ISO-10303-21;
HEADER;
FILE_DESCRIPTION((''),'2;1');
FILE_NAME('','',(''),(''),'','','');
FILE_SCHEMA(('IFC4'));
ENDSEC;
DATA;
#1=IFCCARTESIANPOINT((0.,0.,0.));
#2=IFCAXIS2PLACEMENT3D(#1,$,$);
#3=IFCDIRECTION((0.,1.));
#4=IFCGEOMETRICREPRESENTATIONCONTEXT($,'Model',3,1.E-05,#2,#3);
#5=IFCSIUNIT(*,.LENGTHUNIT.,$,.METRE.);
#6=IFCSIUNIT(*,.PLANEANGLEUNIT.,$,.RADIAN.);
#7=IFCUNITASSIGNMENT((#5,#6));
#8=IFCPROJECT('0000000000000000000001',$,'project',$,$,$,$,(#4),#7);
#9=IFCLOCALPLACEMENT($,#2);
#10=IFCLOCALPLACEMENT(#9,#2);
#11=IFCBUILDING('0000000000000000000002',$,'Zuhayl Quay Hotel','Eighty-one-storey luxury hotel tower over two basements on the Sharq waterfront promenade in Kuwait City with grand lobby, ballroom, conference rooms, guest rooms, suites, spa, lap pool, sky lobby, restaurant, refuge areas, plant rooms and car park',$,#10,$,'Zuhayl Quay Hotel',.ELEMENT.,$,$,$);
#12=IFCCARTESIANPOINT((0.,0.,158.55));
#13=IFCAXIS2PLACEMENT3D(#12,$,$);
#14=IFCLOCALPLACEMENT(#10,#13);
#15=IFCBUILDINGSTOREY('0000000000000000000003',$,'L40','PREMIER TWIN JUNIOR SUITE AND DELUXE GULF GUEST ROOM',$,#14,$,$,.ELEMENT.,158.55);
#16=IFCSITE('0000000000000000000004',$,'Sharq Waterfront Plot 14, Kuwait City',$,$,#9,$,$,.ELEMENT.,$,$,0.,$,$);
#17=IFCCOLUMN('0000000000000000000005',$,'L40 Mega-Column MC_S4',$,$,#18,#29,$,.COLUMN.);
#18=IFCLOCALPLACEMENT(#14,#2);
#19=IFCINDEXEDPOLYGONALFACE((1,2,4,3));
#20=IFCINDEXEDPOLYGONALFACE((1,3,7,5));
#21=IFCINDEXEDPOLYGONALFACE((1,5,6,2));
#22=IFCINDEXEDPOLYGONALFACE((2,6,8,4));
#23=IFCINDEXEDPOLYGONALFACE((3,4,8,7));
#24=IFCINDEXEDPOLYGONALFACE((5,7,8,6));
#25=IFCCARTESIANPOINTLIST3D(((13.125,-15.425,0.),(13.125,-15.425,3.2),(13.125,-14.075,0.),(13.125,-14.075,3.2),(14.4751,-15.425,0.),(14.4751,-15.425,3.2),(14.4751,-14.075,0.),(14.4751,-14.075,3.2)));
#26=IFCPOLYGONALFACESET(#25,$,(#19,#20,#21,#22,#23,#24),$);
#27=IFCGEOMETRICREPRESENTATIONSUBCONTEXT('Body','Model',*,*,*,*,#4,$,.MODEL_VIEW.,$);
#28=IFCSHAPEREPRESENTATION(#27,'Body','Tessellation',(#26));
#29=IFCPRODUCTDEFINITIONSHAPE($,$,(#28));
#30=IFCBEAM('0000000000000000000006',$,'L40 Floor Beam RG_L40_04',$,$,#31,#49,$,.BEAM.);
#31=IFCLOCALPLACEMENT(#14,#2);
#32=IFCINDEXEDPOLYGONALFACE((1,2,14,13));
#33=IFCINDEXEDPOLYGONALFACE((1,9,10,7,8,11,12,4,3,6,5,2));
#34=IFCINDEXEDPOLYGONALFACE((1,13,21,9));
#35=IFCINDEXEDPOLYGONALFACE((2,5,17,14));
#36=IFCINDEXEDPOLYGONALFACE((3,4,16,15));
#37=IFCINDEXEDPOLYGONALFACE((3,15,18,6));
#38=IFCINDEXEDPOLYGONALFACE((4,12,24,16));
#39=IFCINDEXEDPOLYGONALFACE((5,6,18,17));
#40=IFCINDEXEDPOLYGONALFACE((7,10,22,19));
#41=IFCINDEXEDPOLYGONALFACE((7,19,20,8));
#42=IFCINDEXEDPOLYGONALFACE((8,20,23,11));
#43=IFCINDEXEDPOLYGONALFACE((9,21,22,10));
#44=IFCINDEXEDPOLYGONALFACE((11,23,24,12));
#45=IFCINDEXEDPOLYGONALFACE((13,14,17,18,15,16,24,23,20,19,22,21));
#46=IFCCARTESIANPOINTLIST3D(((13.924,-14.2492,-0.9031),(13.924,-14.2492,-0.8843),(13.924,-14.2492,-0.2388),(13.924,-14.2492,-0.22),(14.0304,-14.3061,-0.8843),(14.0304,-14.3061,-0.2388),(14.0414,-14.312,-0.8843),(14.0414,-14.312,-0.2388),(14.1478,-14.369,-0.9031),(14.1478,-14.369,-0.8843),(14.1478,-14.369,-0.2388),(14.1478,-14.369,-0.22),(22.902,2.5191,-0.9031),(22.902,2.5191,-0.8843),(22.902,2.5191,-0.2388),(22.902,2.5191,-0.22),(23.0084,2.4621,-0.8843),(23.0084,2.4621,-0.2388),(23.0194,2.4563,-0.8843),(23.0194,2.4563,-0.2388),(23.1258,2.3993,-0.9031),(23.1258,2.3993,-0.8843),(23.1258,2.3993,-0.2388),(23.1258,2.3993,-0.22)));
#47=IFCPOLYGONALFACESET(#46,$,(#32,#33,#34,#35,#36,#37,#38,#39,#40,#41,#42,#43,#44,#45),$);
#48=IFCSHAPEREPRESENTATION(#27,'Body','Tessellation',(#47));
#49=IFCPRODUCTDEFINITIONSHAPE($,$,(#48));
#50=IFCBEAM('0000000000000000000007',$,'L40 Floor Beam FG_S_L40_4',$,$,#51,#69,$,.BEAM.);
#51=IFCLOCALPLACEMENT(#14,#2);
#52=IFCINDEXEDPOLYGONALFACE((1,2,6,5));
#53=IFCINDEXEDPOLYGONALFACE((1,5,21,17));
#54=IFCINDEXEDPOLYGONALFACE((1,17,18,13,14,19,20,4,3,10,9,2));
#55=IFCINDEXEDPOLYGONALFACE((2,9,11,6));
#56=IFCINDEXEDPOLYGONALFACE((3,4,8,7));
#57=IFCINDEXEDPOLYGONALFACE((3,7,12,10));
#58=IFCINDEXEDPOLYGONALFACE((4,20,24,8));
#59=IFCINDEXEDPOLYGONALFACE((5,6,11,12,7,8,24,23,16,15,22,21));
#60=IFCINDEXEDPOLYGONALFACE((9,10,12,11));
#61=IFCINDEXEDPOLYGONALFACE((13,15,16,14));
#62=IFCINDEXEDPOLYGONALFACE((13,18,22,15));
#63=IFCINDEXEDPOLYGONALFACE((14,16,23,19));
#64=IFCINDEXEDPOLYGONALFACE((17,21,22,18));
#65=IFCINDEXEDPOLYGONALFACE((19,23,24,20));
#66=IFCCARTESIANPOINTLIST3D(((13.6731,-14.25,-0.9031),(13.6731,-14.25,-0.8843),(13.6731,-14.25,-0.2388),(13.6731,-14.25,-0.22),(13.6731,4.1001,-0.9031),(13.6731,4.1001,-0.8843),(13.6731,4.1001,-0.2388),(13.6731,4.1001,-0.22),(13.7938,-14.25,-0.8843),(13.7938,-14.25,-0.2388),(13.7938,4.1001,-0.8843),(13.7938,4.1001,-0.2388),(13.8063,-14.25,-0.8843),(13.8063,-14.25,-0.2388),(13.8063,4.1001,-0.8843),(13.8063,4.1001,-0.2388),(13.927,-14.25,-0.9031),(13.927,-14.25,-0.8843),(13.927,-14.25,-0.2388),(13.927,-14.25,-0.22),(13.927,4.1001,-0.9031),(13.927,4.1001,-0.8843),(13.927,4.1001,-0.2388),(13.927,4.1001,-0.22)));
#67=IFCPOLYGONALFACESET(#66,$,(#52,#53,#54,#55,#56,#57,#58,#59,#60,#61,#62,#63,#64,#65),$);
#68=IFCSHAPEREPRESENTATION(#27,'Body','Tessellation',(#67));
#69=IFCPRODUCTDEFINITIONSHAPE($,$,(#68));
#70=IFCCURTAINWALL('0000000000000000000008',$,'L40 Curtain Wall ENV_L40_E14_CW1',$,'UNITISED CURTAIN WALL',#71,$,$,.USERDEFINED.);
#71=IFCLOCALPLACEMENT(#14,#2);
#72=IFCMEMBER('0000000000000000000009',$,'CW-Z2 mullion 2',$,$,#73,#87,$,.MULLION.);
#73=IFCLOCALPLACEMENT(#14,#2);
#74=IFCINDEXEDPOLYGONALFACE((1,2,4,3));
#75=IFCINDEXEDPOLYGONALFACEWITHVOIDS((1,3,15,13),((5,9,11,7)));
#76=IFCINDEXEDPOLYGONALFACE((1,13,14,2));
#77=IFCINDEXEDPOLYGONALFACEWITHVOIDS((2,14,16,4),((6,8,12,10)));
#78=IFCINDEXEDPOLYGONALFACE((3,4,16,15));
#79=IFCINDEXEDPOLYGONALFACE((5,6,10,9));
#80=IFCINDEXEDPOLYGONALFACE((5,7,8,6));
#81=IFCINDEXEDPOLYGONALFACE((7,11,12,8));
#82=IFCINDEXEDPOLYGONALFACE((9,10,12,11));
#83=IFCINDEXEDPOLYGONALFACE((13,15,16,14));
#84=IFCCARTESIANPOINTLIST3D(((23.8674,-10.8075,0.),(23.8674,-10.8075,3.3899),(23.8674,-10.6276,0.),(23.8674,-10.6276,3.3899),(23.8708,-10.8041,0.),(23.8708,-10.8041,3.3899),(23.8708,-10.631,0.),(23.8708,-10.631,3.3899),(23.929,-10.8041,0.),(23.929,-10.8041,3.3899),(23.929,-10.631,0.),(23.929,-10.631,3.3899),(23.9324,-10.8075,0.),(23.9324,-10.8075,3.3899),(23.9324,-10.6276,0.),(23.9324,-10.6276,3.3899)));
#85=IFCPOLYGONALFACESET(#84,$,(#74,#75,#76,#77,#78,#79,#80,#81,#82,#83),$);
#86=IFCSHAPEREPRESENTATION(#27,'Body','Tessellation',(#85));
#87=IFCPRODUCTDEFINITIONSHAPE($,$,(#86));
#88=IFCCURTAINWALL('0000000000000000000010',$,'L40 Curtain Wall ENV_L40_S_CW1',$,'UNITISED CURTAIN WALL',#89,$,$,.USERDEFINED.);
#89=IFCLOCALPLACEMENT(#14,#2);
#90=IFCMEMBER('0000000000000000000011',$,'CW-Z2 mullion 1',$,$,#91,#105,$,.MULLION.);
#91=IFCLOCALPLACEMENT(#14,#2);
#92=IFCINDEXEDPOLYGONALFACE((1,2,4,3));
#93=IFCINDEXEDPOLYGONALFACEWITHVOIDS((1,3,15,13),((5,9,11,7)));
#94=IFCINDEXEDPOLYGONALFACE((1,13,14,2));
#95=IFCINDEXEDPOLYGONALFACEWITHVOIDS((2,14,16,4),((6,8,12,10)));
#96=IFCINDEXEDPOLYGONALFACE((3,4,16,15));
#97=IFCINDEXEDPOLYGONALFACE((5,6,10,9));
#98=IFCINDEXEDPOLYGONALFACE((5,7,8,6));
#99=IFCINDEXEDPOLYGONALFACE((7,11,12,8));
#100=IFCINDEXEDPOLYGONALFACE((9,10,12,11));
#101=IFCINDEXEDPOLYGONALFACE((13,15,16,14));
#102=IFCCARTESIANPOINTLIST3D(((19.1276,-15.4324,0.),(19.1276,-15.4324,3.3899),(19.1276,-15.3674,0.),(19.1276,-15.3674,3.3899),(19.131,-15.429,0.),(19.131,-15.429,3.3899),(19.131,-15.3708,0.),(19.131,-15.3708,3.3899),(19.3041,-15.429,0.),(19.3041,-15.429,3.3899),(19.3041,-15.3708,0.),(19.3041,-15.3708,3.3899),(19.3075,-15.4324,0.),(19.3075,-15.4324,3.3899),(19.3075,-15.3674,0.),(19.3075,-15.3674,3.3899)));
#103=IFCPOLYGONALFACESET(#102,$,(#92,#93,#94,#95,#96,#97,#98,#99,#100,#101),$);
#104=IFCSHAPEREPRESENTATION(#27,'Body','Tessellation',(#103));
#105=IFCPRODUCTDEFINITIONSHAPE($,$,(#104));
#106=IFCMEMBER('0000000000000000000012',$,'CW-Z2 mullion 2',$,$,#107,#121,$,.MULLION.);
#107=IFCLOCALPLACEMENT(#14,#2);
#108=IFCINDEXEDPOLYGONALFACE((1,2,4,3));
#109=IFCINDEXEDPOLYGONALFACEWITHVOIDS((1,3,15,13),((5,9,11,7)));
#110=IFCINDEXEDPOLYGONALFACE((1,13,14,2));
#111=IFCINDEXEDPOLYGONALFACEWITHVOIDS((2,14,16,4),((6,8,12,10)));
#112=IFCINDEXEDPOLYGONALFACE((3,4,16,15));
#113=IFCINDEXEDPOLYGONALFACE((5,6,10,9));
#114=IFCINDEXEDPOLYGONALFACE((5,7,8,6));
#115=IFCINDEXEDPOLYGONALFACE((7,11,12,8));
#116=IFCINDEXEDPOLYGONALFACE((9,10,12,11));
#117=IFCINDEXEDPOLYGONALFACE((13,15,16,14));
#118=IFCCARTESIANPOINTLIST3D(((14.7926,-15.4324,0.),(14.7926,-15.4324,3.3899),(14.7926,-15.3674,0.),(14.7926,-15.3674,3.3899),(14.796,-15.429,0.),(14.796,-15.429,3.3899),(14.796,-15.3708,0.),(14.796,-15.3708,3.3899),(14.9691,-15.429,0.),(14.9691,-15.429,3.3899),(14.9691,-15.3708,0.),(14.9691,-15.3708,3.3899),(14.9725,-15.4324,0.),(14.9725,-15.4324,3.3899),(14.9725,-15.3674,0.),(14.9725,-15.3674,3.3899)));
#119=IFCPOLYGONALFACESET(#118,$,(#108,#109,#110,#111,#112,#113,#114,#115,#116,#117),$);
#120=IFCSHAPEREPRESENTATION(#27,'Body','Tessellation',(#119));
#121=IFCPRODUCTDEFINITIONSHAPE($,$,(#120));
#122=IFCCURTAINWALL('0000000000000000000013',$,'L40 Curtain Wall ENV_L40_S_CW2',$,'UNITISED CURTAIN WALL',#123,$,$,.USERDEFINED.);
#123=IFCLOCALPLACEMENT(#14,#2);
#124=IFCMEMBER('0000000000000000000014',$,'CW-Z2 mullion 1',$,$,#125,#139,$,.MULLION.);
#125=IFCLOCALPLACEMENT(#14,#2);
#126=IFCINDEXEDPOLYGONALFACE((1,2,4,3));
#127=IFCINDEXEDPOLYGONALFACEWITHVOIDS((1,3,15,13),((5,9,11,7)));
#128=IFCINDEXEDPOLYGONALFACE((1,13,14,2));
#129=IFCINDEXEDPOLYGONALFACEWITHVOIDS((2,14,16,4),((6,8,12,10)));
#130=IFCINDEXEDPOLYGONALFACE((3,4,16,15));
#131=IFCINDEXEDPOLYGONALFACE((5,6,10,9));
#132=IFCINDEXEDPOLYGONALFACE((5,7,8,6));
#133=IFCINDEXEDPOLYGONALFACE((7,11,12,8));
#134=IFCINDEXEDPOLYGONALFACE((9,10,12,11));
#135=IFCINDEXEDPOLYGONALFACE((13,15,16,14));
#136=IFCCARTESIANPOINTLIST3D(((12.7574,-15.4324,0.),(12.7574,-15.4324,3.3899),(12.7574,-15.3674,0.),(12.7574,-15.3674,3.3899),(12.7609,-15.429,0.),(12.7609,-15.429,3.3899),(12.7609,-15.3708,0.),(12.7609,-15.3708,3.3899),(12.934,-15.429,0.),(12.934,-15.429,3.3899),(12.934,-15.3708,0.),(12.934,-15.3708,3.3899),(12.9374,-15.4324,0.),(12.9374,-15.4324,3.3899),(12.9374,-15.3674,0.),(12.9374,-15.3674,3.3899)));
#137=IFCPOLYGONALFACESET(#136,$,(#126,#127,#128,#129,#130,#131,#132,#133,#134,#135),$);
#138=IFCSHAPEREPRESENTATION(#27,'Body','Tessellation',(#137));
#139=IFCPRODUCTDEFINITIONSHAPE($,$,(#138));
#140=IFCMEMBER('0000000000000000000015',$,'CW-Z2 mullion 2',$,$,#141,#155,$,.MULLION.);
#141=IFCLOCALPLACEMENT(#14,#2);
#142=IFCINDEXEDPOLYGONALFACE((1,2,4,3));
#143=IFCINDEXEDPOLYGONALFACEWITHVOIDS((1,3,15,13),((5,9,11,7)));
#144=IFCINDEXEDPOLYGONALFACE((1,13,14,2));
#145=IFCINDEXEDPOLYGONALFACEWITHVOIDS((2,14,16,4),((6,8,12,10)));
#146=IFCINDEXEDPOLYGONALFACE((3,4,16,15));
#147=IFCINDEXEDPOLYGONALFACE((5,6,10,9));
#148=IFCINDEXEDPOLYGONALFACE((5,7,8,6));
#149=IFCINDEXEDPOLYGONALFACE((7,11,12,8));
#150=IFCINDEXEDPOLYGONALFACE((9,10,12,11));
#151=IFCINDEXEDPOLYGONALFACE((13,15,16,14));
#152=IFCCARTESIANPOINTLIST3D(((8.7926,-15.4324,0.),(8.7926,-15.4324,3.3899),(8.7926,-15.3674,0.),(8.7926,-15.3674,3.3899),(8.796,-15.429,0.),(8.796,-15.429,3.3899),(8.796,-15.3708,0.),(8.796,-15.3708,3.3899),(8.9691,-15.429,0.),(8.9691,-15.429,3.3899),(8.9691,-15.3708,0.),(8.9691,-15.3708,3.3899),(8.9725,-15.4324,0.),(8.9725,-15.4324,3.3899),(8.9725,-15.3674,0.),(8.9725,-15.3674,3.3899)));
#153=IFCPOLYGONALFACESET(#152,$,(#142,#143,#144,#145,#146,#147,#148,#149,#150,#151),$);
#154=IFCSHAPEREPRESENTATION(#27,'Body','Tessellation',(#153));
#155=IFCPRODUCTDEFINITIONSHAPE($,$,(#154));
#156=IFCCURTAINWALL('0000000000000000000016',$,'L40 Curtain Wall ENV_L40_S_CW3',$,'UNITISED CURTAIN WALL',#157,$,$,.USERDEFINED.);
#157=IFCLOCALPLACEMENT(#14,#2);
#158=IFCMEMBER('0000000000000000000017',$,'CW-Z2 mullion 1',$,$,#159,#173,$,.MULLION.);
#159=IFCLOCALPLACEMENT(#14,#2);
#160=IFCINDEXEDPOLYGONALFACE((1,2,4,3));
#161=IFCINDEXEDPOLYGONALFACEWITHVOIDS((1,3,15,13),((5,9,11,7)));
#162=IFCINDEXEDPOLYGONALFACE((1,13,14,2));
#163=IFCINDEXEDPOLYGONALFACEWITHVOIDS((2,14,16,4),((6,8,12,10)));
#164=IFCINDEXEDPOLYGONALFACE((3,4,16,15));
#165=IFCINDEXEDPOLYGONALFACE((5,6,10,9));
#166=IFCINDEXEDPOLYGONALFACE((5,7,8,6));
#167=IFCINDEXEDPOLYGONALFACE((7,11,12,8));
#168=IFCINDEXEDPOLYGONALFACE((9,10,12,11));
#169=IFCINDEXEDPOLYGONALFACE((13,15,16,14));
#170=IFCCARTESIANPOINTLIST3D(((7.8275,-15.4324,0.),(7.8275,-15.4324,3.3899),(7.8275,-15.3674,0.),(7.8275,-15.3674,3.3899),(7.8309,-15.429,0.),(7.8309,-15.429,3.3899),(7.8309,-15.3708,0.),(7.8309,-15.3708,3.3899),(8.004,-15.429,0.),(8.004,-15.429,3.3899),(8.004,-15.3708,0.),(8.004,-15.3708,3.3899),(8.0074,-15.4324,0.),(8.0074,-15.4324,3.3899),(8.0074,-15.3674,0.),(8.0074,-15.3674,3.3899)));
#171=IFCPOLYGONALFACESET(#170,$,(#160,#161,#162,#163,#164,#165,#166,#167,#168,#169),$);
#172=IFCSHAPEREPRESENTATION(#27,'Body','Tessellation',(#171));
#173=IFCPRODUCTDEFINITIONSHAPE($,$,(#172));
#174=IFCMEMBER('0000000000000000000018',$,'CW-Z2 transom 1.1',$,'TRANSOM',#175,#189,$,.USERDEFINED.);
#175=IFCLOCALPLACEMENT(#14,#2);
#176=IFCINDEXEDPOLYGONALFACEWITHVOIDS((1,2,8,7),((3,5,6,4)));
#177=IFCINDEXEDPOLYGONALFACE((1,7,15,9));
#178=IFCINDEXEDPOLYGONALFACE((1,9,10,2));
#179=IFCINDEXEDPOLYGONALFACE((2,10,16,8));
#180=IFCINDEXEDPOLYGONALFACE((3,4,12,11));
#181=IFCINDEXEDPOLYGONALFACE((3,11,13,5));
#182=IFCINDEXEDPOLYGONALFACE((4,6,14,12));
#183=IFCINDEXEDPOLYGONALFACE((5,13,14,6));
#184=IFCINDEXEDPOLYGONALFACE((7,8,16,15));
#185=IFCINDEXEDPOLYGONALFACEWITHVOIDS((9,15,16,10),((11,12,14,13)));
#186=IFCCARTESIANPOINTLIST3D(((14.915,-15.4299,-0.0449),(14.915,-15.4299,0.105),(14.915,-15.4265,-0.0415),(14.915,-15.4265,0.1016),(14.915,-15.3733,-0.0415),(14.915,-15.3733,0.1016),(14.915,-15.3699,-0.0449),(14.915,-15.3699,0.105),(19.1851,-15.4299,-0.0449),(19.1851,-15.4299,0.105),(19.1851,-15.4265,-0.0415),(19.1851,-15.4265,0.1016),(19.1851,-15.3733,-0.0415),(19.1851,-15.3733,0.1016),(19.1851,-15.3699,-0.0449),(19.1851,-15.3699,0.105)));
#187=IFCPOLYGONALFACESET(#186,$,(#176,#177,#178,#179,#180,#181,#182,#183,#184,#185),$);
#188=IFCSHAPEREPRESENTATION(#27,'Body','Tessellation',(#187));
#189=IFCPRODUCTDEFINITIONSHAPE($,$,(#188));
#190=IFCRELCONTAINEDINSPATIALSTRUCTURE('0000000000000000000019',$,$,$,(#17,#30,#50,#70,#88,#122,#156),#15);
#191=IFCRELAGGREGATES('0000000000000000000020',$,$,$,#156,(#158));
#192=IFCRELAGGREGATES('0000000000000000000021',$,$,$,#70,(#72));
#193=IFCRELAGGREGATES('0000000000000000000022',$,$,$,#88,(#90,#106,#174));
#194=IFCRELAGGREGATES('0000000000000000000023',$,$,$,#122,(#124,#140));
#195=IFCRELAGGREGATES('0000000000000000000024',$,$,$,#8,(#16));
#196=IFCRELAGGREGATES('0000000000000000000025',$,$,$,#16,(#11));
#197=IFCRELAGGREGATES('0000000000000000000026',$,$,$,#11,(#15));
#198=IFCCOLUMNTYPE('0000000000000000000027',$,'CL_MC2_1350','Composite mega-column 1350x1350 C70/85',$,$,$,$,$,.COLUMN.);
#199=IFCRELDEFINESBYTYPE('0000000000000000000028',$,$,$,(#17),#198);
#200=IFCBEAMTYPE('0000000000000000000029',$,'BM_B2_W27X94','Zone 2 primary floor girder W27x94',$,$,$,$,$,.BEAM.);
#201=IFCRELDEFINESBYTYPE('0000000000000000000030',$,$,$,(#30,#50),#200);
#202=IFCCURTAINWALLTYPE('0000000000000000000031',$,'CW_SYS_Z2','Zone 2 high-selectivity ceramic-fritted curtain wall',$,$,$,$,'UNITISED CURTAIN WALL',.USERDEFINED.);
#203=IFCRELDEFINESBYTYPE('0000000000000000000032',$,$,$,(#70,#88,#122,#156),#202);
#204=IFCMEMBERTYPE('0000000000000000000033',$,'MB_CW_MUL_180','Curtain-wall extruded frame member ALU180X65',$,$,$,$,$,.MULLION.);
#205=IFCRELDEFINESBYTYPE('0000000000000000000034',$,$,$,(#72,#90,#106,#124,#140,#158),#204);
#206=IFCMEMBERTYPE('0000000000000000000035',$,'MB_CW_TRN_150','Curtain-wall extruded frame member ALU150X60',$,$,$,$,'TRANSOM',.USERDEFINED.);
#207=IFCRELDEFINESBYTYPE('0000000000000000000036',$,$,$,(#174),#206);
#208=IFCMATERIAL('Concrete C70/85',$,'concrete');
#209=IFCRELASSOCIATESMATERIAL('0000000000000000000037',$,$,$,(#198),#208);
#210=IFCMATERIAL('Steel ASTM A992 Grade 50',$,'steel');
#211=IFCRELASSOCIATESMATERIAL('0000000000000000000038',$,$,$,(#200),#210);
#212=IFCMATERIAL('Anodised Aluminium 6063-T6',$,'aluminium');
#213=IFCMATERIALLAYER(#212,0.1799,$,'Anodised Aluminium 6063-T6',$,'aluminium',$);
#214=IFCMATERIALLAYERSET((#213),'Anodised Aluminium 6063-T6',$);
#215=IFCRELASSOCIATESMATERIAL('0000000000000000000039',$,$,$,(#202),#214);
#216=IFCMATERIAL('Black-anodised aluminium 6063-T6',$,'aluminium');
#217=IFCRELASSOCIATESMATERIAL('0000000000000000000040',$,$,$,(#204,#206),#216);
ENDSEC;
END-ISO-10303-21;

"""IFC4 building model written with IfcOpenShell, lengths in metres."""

from ifc_helpers import new_model, si_unit, direction, frame, origin, origin_2d, place, context, subcontext, project, spatial, rectangle, hollow_rectangle, i_section, extrude, material, layer, layer_set, material_profile, profile_set, type_object, element, aggregate, save


model = new_model("IFC4")

# Units and contexts
model_context = context("Model", 3, precision=1e-05, world=origin(), true_north=direction((0.0, 1.0)))
body_context = subcontext(model_context, "Body", "Model", "MODEL_VIEW")
ifc_project = project(units=[si_unit("LENGTHUNIT", "METRE"), si_unit("PLANEANGLEUNIT", "RADIAN")], contexts=[model_context])

# Site, building, storey
site_placement = place(None, origin())
site = spatial("IfcSite", under=ifc_project, at=site_placement, Name="Sharq Waterfront Plot 14, Kuwait City", CompositionType="ELEMENT", RefElevation=0.0)
building_placement = place(site_placement, origin())
building = spatial("IfcBuilding", under=site, at=building_placement, Name="Zuhayl Quay Hotel", Description="Eighty-one-storey luxury hotel tower over two basements on the Sharq waterfront promenade in Kuwait City with grand lobby, ballroom, conference rooms, guest rooms, suites, spa, lap pool, sky lobby, restaurant, refuge areas, plant rooms and car park", LongName="Zuhayl Quay Hotel", CompositionType="ELEMENT")
storey_placement = place(building_placement, frame((0.0, 0.0, 158.55)))
storey = spatial("IfcBuildingStorey", under=building, at=storey_placement, Name="L40", Description="PREMIER TWIN JUNIOR SUITE AND DELUXE GULF GUEST ROOM", CompositionType="ELEMENT", Elevation=158.55)

# Column
ifc_material_1 = material(Name="Concrete C70/85", Category="concrete")
ifc_material_profile_1 = material_profile(ifc_material_1, rectangle(XDim=1.3501, YDim=1.3501, at=origin_2d()), Name="RC1350X1350")
ifc_profile_set_1 = profile_set([ifc_material_profile_1], Name="Concrete C70/85")
column_type = type_object("IfcColumnType", Name="CL_MC2_1350", Description="Composite mega-column 1350x1350 C70/85", PredefinedType="COLUMN", material=ifc_profile_set_1)
column_placement = place(storey_placement, frame((13.8, -14.75, 0.0), z_axis=(0.0, 0.0, 1.0), x_axis=(1.0, 0.0, 0.0)))
element("IfcColumn", 1, at=column_placement, inside=storey, type_object=column_type, Name="L40 Mega-Column MC_S4", PredefinedType="COLUMN", context=body_context, shape_type="SweptSolid", body=[
    extrude(rectangle(XDim=1.3501, YDim=1.3501, at=origin_2d()), origin(), (0.0, 0.0, 1.0), 3.2),
])

# Beams
ifc_material_2 = material(Name="Steel ASTM A992 Grade 50", Category="steel")
ifc_material_profile_2 = material_profile(ifc_material_2, i_section(OverallWidth=0.2539, OverallDepth=0.6831, WebThickness=0.0125, FlangeThickness=0.0188, at=origin_2d()), Name="W27X94")
ifc_profile_set_2 = profile_set([ifc_material_profile_2], Name="Steel ASTM A992 Grade 50")
beam_type = type_object("IfcBeamType", Name="BM_B2_W27X94", Description="Zone 2 primary floor girder W27x94", PredefinedType="BEAM", material=ifc_profile_set_2)
beam_1_placement = place(storey_placement, frame((14.0359, -14.3091, -0.5615), z_axis=(0.472017, 0.881589, 0.0), x_axis=(-0.881589, 0.472017, 0.0)))
element("IfcBeam", 2, at=beam_1_placement, inside=storey, type_object=beam_type, Name="L40 Floor Beam RG_L40_04", PredefinedType="BEAM", context=body_context, shape_type="SweptSolid", body=[
    extrude(i_section(OverallWidth=0.2539, OverallDepth=0.6831, WebThickness=0.0125, FlangeThickness=0.0188, at=origin_2d()), origin(), (0.0, 0.0, 1.0), 19.0205),
])
beam_2_placement = place(storey_placement, frame((13.8, -14.25, -0.5615), z_axis=(0.0, 1.0, 0.0), x_axis=(-1.0, 0.0, 0.0)))
element("IfcBeam", 3, at=beam_2_placement, inside=storey, type_object=beam_type, Name="L40 Floor Beam FG_S_L40_4", PredefinedType="BEAM", context=body_context, shape_type="SweptSolid", body=[
    extrude(i_section(OverallWidth=0.2539, OverallDepth=0.6831, WebThickness=0.0125, FlangeThickness=0.0188, at=origin_2d()), origin(), (0.0, 0.0, 1.0), 18.3501),
])

# Curtain wall, member
ifc_material_3 = material(Name="Anodised Aluminium 6063-T6", Category="aluminium")
ifc_layer_1 = layer(ifc_material_3, 0.1799, Name="Anodised Aluminium 6063-T6", Category="aluminium")
ifc_layer_set_1 = layer_set([ifc_layer_1], Name="Anodised Aluminium 6063-T6")
curtain_wall_type = type_object("IfcCurtainWallType", Name="CW_SYS_Z2", Description="Zone 2 high-selectivity ceramic-fritted curtain wall", ElementType="UNITISED CURTAIN WALL", PredefinedType="USERDEFINED", material=ifc_layer_set_1)
curtain_wall_1_placement = place(storey_placement, origin())
curtain_wall_1 = element("IfcCurtainWall", 4, at=curtain_wall_1_placement, inside=storey, type_object=curtain_wall_type, Name="L40 Curtain Wall ENV_L40_E14_CW1", ObjectType="UNITISED CURTAIN WALL", PredefinedType="USERDEFINED")
ifc_material_4 = material(Name="Black-anodised aluminium 6063-T6", Category="aluminium")
ifc_material_profile_3 = material_profile(ifc_material_4, hollow_rectangle(XDim=0.0649, YDim=0.1799, WallThickness=0.0034, at=origin_2d()), Name="ALU180X65")
ifc_profile_set_3 = profile_set([ifc_material_profile_3], Name="Black-anodised aluminium 6063-T6")
member_type_1 = type_object("IfcMemberType", Name="MB_CW_MUL_180", Description="Curtain-wall extruded frame member ALU180X65", PredefinedType="MULLION", material=ifc_profile_set_3)
member_1_placement = place(storey_placement, frame((23.8999, -10.7175, 0.0), z_axis=(0.0, 0.0, 1.0), x_axis=(1.0, 0.0, 0.0)))
member_1 = element("IfcMember", 5, at=member_1_placement, type_object=member_type_1, Name="CW-Z2 mullion 2", PredefinedType="MULLION", context=body_context, shape_type="SweptSolid", body=[
    extrude(hollow_rectangle(XDim=0.0649, YDim=0.1799, WallThickness=0.0034, at=origin_2d()), origin(), (0.0, 0.0, 1.0), 3.3899),
])

# Curtain walls, members
curtain_wall_2_placement = place(storey_placement, origin())
curtain_wall_2 = element("IfcCurtainWall", 6, at=curtain_wall_2_placement, inside=storey, type_object=curtain_wall_type, Name="L40 Curtain Wall ENV_L40_S_CW1", ObjectType="UNITISED CURTAIN WALL", PredefinedType="USERDEFINED")
member_2_placement = place(storey_placement, frame((19.2175, -15.3999, 0.0), z_axis=(0.0, 0.0, 1.0), x_axis=(0.0, -1.0, 0.0)))
member_2 = element("IfcMember", 7, at=member_2_placement, type_object=member_type_1, Name="CW-Z2 mullion 1", PredefinedType="MULLION", context=body_context, shape_type="SweptSolid", body=[
    extrude(hollow_rectangle(XDim=0.0649, YDim=0.1799, WallThickness=0.0034, at=origin_2d()), origin(), (0.0, 0.0, 1.0), 3.3899),
])
member_3_placement = place(storey_placement, frame((14.8826, -15.3999, 0.0), z_axis=(0.0, 0.0, 1.0), x_axis=(0.0, -1.0, 0.0)))
member_3 = element("IfcMember", 8, at=member_3_placement, type_object=member_type_1, Name="CW-Z2 mullion 2", PredefinedType="MULLION", context=body_context, shape_type="SweptSolid", body=[
    extrude(hollow_rectangle(XDim=0.0649, YDim=0.1799, WallThickness=0.0034, at=origin_2d()), origin(), (0.0, 0.0, 1.0), 3.3899),
])
curtain_wall_3_placement = place(storey_placement, origin())
curtain_wall_3 = element("IfcCurtainWall", 9, at=curtain_wall_3_placement, inside=storey, type_object=curtain_wall_type, Name="L40 Curtain Wall ENV_L40_S_CW2", ObjectType="UNITISED CURTAIN WALL", PredefinedType="USERDEFINED")
member_4_placement = place(storey_placement, frame((12.8474, -15.3999, 0.0), z_axis=(0.0, 0.0, 1.0), x_axis=(0.0, -1.0, 0.0)))
member_4 = element("IfcMember", 10, at=member_4_placement, type_object=member_type_1, Name="CW-Z2 mullion 1", PredefinedType="MULLION", context=body_context, shape_type="SweptSolid", body=[
    extrude(hollow_rectangle(XDim=0.0649, YDim=0.1799, WallThickness=0.0034, at=origin_2d()), origin(), (0.0, 0.0, 1.0), 3.3899),
])
member_5_placement = place(storey_placement, frame((8.8826, -15.3999, 0.0), z_axis=(0.0, 0.0, 1.0), x_axis=(0.0, -1.0, 0.0)))
member_5 = element("IfcMember", 11, at=member_5_placement, type_object=member_type_1, Name="CW-Z2 mullion 2", PredefinedType="MULLION", context=body_context, shape_type="SweptSolid", body=[
    extrude(hollow_rectangle(XDim=0.0649, YDim=0.1799, WallThickness=0.0034, at=origin_2d()), origin(), (0.0, 0.0, 1.0), 3.3899),
])

# Curtain wall, member
curtain_wall_4_placement = place(storey_placement, origin())
curtain_wall_4 = element("IfcCurtainWall", 12, at=curtain_wall_4_placement, inside=storey, type_object=curtain_wall_type, Name="L40 Curtain Wall ENV_L40_S_CW3", ObjectType="UNITISED CURTAIN WALL", PredefinedType="USERDEFINED")
member_6_placement = place(storey_placement, frame((7.9175, -15.3999, 0.0), z_axis=(0.0, 0.0, 1.0), x_axis=(0.0, -1.0, 0.0)))
member_6 = element("IfcMember", 13, at=member_6_placement, type_object=member_type_1, Name="CW-Z2 mullion 1", PredefinedType="MULLION", context=body_context, shape_type="SweptSolid", body=[
    extrude(hollow_rectangle(XDim=0.0649, YDim=0.1799, WallThickness=0.0034, at=origin_2d()), origin(), (0.0, 0.0, 1.0), 3.3899),
])
aggregate(curtain_wall_4, [member_6])

# Member
ifc_material_profile_4 = material_profile(ifc_material_4, hollow_rectangle(XDim=0.0601, YDim=0.1499, WallThickness=0.0034, at=origin_2d()), Name="ALU150X60")
ifc_profile_set_4 = profile_set([ifc_material_profile_4], Name="Black-anodised aluminium 6063-T6")
member_type_2 = type_object("IfcMemberType", Name="MB_CW_TRN_150", Description="Curtain-wall extruded frame member ALU150X60", ElementType="TRANSOM", PredefinedType="USERDEFINED", material=ifc_profile_set_4)
member_7_placement = place(storey_placement, frame((19.1851, -15.3999, 0.03), z_axis=(-1.0, 0.0, 0.0), x_axis=(0.0, -1.0, 0.0)))
member_7 = element("IfcMember", 14, at=member_7_placement, type_object=member_type_2, Name="CW-Z2 transom 1.1", ObjectType="TRANSOM", PredefinedType="USERDEFINED", context=body_context, shape_type="SweptSolid", body=[
    extrude(hollow_rectangle(XDim=0.0601, YDim=0.1499, WallThickness=0.0034, at=origin_2d()), origin(), (0.0, 0.0, 1.0), 4.27),
])

aggregate(curtain_wall_1, [member_1])
aggregate(curtain_wall_2, [member_2, member_3, member_7])
aggregate(curtain_wall_3, [member_4, member_5])

save(model, "model.ifc")
